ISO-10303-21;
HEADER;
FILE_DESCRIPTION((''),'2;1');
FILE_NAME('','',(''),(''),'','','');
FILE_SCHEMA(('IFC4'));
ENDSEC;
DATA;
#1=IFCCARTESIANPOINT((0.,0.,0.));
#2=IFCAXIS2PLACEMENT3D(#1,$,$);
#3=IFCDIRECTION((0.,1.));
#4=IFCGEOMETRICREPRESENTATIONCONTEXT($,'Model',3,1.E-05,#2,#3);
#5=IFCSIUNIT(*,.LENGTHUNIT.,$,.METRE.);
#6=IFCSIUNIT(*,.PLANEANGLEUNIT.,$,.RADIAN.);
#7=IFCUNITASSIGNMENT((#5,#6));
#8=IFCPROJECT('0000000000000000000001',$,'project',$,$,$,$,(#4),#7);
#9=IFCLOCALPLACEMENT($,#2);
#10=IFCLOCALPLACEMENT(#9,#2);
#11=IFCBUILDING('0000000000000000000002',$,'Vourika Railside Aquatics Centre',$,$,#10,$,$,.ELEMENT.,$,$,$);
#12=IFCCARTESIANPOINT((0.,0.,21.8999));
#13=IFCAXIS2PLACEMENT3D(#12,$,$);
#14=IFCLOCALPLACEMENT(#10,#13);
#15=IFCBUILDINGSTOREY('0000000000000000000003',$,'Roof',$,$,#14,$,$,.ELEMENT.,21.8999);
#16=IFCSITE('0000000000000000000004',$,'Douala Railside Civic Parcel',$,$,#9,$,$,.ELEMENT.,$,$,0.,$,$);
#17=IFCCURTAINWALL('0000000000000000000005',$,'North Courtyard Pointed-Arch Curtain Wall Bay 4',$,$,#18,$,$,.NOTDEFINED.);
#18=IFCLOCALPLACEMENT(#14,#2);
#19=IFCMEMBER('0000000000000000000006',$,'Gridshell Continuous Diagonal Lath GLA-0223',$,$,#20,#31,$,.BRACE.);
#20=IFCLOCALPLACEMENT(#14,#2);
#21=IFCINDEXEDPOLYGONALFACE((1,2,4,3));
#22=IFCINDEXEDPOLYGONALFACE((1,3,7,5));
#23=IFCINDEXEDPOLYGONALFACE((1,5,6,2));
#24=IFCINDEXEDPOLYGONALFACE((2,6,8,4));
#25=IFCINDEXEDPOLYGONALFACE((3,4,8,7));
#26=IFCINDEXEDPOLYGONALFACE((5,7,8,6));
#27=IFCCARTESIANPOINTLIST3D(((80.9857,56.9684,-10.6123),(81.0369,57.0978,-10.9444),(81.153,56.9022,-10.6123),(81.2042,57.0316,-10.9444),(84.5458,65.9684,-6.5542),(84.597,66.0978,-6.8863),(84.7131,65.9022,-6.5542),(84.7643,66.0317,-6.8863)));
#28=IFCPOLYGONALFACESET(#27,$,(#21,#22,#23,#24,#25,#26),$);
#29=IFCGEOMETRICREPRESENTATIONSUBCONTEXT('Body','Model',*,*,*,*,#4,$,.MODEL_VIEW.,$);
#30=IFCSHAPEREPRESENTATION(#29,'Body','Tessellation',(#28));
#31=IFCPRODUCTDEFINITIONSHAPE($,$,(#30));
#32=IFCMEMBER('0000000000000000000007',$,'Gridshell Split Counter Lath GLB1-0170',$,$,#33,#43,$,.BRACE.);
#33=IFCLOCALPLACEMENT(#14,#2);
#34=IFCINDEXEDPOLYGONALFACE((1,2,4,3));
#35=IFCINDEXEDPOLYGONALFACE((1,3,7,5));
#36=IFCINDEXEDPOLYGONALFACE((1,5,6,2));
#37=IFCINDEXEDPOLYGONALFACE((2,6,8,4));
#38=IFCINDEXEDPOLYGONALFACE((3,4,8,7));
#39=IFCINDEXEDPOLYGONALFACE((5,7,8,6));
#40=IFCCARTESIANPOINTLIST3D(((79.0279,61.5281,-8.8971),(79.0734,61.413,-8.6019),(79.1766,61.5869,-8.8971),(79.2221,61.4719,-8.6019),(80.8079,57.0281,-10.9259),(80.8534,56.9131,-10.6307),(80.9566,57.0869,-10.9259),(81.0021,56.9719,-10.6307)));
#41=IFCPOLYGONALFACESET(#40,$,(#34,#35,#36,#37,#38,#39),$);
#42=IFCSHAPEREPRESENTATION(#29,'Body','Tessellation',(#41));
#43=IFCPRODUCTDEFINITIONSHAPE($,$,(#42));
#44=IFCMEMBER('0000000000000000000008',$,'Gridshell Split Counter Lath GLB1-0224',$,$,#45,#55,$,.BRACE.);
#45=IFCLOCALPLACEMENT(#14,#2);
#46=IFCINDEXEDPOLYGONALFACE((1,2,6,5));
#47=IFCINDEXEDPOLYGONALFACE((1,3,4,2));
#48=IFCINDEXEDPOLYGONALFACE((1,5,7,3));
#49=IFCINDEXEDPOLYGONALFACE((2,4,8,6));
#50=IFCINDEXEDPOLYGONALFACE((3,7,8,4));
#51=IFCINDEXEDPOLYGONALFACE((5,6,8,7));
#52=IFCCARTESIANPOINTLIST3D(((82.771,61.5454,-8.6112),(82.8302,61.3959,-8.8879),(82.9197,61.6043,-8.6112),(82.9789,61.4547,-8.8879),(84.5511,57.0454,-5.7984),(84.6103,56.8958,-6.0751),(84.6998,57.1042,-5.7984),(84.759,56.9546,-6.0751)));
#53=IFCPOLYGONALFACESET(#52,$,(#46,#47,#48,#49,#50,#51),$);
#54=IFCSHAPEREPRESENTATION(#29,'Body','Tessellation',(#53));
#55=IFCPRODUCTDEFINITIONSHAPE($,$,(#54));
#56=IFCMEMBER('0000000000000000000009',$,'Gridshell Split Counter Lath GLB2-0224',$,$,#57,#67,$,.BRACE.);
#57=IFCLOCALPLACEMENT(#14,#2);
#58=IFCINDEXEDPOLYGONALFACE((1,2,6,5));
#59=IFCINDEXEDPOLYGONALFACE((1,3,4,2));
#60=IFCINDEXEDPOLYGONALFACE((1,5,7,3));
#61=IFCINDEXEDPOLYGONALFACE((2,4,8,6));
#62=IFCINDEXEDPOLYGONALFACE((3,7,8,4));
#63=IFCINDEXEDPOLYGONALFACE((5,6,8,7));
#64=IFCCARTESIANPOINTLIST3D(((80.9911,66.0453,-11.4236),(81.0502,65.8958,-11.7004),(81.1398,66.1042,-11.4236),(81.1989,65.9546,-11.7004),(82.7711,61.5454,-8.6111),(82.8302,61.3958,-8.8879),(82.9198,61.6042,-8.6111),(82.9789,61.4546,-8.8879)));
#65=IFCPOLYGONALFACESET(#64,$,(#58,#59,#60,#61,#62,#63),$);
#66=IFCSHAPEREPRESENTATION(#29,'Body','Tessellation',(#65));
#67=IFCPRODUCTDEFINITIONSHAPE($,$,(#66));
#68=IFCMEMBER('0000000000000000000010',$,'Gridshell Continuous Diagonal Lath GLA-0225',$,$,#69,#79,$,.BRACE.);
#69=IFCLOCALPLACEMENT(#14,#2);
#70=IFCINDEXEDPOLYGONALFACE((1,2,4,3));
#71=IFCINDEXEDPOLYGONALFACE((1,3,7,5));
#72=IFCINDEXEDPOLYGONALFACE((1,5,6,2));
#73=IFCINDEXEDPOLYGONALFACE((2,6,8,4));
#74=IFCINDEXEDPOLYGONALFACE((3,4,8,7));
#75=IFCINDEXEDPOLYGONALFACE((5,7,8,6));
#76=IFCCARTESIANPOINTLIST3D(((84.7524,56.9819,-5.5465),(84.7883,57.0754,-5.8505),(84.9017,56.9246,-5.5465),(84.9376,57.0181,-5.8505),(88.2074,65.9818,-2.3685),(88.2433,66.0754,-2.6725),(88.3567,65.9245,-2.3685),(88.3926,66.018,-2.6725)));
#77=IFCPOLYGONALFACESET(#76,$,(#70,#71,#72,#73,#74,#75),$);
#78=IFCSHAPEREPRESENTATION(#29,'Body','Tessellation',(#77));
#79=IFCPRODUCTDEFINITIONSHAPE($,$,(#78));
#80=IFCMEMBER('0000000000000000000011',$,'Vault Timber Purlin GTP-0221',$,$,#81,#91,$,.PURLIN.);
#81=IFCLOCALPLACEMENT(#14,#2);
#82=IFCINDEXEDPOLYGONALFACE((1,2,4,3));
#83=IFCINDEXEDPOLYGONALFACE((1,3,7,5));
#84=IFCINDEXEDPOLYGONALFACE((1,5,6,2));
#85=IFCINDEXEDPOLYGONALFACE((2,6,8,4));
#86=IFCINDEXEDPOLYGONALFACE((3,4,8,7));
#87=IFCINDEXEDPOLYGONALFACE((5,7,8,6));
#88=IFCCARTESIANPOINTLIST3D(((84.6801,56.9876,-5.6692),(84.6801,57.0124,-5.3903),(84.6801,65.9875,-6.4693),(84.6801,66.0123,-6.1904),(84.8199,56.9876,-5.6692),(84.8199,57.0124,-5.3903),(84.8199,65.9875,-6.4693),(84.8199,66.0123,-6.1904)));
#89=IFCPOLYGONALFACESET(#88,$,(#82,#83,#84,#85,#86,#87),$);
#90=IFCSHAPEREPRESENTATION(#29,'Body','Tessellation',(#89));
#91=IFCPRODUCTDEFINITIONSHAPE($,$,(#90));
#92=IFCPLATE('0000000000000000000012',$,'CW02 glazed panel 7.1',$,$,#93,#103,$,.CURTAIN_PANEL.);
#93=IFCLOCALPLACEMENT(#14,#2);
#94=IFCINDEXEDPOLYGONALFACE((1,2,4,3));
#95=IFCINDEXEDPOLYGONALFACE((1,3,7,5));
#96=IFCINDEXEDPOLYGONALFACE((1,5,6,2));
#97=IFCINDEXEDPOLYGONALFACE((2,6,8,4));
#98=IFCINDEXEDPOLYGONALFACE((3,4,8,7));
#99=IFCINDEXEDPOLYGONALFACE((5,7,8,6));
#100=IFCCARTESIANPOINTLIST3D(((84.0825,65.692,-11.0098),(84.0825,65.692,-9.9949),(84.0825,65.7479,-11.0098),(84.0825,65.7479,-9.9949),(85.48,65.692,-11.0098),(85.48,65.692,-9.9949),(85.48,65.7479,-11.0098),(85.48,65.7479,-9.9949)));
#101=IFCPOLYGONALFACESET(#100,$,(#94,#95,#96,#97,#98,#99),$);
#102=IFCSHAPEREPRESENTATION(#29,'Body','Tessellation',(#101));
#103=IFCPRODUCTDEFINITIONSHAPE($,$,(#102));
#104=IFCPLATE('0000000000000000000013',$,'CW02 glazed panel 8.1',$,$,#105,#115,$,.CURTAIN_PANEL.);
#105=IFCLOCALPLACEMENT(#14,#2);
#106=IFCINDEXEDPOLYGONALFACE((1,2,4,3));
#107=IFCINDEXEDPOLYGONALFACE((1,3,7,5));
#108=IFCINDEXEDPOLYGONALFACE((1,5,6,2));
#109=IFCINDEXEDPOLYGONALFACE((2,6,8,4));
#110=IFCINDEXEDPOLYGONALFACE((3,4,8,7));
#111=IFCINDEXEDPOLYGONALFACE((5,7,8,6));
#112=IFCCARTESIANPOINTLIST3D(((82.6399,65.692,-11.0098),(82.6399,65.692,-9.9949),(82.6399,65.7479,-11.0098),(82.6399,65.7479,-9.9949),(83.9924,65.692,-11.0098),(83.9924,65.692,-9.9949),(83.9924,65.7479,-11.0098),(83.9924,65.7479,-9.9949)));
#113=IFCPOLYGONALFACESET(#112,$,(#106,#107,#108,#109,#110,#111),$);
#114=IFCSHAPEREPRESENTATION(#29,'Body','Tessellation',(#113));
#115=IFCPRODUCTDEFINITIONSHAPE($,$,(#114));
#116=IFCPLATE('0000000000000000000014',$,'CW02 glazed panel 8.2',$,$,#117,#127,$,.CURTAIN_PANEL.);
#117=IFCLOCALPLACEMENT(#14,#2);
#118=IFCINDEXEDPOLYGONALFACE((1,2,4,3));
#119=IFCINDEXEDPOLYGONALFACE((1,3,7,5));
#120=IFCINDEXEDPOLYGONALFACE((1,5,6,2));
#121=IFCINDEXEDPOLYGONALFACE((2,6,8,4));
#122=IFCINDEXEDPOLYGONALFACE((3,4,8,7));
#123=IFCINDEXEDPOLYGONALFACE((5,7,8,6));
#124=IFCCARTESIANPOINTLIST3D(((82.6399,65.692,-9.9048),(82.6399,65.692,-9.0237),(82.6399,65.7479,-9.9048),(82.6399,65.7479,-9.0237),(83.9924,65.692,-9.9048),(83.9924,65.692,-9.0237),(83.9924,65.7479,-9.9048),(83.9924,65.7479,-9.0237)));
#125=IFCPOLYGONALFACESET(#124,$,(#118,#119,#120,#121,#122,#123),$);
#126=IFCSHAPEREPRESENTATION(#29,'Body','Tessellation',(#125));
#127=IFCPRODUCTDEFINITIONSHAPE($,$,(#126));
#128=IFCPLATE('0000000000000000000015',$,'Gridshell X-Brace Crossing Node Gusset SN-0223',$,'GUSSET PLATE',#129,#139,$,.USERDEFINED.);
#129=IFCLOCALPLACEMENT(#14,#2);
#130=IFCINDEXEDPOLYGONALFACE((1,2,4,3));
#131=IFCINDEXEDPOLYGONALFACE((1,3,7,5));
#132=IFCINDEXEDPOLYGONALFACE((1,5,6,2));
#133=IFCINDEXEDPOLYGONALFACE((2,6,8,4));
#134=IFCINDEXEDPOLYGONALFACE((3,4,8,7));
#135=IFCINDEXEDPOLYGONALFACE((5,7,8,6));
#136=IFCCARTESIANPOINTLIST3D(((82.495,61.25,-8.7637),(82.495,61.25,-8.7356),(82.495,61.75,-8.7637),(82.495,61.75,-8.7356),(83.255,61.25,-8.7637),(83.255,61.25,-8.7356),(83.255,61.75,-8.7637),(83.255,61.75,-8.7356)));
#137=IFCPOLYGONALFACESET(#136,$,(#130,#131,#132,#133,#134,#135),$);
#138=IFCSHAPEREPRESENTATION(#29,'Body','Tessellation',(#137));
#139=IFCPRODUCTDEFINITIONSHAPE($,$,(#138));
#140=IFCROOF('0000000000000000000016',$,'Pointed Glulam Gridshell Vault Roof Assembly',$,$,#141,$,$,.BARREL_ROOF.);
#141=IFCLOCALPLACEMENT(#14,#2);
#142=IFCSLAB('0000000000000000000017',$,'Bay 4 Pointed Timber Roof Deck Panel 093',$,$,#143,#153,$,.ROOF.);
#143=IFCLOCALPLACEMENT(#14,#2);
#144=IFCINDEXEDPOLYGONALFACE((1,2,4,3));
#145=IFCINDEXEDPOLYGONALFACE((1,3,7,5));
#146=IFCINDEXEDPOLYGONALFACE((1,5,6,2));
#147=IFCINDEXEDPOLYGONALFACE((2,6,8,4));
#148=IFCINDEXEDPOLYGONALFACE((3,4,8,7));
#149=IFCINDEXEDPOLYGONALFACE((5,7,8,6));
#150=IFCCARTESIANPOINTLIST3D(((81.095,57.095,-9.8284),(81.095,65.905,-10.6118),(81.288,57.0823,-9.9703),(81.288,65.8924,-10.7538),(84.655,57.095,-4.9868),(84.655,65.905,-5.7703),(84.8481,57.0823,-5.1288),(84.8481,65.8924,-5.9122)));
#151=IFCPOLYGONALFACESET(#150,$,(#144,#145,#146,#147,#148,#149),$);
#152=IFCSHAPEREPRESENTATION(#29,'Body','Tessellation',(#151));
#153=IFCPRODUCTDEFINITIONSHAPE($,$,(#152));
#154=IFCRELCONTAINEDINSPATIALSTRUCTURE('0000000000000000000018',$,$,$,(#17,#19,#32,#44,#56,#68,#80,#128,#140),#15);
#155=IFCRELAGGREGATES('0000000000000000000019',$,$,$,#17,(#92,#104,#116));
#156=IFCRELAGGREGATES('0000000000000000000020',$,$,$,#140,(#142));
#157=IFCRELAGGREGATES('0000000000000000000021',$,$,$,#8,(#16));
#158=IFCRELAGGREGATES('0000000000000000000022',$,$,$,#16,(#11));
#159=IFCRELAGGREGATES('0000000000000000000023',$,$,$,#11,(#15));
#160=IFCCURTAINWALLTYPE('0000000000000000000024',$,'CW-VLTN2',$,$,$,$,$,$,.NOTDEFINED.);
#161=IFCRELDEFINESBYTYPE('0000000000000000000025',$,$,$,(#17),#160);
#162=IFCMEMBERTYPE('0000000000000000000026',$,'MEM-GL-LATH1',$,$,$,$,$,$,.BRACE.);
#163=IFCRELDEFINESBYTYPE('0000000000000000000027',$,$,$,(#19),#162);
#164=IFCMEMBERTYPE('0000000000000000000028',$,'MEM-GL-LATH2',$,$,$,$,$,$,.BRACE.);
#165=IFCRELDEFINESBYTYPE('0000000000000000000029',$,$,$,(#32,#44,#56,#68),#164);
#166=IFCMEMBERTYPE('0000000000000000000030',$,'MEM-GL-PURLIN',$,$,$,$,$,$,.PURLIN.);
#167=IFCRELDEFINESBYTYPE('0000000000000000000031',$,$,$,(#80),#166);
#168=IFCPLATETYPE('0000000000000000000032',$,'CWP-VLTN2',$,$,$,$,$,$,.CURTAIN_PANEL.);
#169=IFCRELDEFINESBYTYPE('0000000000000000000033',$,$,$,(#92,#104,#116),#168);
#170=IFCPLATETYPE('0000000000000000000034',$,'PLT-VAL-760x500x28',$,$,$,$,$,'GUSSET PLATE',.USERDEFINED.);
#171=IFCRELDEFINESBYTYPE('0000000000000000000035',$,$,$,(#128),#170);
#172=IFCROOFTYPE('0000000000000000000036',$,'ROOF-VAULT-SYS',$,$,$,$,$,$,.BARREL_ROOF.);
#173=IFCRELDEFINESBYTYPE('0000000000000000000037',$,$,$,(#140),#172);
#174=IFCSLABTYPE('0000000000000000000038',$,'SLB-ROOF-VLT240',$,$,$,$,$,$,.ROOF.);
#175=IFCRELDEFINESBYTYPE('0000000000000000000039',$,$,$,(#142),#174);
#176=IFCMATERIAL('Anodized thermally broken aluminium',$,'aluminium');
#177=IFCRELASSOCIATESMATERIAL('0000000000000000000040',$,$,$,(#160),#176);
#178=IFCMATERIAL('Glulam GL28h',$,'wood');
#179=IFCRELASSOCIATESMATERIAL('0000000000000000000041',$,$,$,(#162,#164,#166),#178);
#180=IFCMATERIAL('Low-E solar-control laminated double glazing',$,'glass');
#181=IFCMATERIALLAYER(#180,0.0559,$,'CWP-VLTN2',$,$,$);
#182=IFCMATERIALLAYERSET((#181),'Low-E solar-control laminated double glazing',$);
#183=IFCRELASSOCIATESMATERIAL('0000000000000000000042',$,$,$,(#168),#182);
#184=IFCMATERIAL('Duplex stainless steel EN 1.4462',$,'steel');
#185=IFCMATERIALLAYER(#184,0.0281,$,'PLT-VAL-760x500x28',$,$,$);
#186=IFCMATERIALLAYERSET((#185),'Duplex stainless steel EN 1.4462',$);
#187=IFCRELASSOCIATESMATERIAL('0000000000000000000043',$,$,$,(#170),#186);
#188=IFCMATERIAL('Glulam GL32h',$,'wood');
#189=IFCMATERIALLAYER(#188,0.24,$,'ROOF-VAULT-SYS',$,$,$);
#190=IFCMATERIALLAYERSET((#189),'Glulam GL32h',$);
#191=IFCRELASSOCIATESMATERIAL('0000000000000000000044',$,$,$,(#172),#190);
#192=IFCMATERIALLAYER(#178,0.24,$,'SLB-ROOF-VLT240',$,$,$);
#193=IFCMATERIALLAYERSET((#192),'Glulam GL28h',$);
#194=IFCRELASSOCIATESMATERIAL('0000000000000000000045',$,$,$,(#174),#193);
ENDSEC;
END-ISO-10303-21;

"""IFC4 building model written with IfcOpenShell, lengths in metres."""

from ifc_helpers import new_model, si_unit, direction, frame, origin, origin_2d, place, context, subcontext, project, spatial, polyline, rectangle, outline, extrude, material, layer, layer_set, material_profile, profile_set, type_object, element, aggregate, save


model = new_model("IFC4")

# Units and contexts
model_context = context("Model", 3, precision=1e-05, world=origin(), true_north=direction((0.0, 1.0)))
body_context = subcontext(model_context, "Body", "Model", "MODEL_VIEW")
ifc_project = project(units=[si_unit("LENGTHUNIT", "METRE"), si_unit("PLANEANGLEUNIT", "RADIAN")], contexts=[model_context])

# Site, building, storey
site_placement = place(None, origin())
site = spatial("IfcSite", under=ifc_project, at=site_placement, Name="Douala Railside Civic Parcel", CompositionType="ELEMENT", RefElevation=0.0)
building_placement = place(site_placement, origin())
building = spatial("IfcBuilding", under=site, at=building_placement, Name="Vourika Railside Aquatics Centre", CompositionType="ELEMENT")
storey_placement = place(building_placement, frame((0.0, 0.0, 21.8999)))
storey = spatial("IfcBuildingStorey", under=building, at=storey_placement, Name="Roof", CompositionType="ELEMENT", Elevation=21.8999)

# Shared definitions
ifc_material_1 = material(Name="Glulam GL32h", Category="wood")

# Shared definitions
ifc_material_2 = material(Name="Anodized thermally broken aluminium", Category="aluminium")
curtain_wall_type = type_object("IfcCurtainWallType", Name="CW-VLTN2", PredefinedType="NOTDEFINED", material=ifc_material_2)

# Curtain wall
curtain_wall_1_placement = place(storey_placement, origin())
curtain_wall_1 = element("IfcCurtainWall", 1, at=curtain_wall_1_placement, inside=storey, type_object=curtain_wall_type, Name="North Courtyard Pointed-Arch Curtain Wall Bay 4", PredefinedType="NOTDEFINED")

# Members
ifc_material_3 = material(Name="Glulam GL28h", Category="wood")
ifc_material_profile_1 = material_profile(ifc_material_3, rectangle(XDim=0.1799, YDim=0.3601, at=origin_2d()), Name="GL28h 180x360")
ifc_profile_set_1 = profile_set([ifc_material_profile_1], Name="Glulam GL28h")
member_type_1 = type_object("IfcMemberType", Name="MEM-GL-LATH1", PredefinedType="BRACE", material=ifc_profile_set_1)
member_1_placement = place(storey_placement, frame((81.095, 57.0, -10.7783), z_axis=(0.339219, 0.857562, 0.386675), x_axis=(-0.929893, 0.36783, 0.0)))
element("IfcMember", 2, at=member_1_placement, inside=storey, type_object=member_type_1, Name="Gridshell Continuous Diagonal Lath GLA-0223", PredefinedType="BRACE", context=body_context, shape_type="SweptSolid", body=[
    extrude(rectangle(XDim=0.1799, YDim=0.3601, at=origin_2d()), origin(), (0.0, 0.0, 1.0), 10.4949),
])
ifc_material_profile_2 = material_profile(ifc_material_3, rectangle(XDim=0.1599, YDim=0.3201, at=origin_2d()), Name="GL28h 160x320")
ifc_profile_set_2 = profile_set([ifc_material_profile_2], Name="Glulam GL28h")
member_type_2 = type_object("IfcMemberType", Name="MEM-GL-LATH2", PredefinedType="BRACE", material=ifc_profile_set_2)
member_2_placement = place(storey_placement, frame((80.905, 57.0, -10.7783), z_axis=(-0.339225, 0.857577, 0.386636), x_axis=(-0.929893, -0.36783, 0.0)))
element("IfcMember", 3, at=member_2_placement, inside=storey, type_object=member_type_2, Name="Gridshell Split Counter Lath GLB1-0170", PredefinedType="BRACE", context=body_context, shape_type="SweptSolid", body=[
    extrude(rectangle(XDim=0.1599, YDim=0.3201, at=origin_2d()), origin(), (0.0, 0.0, 1.0), 5.2473),
])
member_3_placement = place(storey_placement, frame((84.655, 57.0, -5.9368), z_axis=(-0.318014, 0.803956, -0.502516), x_axis=(-0.929893, -0.36783, 0.0)))
element("IfcMember", 4, at=member_3_placement, inside=storey, type_object=member_type_2, Name="Gridshell Split Counter Lath GLB1-0224", PredefinedType="BRACE", context=body_context, shape_type="SweptSolid", body=[
    extrude(rectangle(XDim=0.1599, YDim=0.3201, at=origin_2d()), origin(), (0.0, 0.0, 1.0), 5.5974),
])
member_4_placement = place(storey_placement, frame((82.875, 61.5, -8.7495), z_axis=(-0.318021, 0.803973, -0.502483), x_axis=(-0.929893, -0.36783, 0.0)))
element("IfcMember", 5, at=member_4_placement, inside=storey, type_object=member_type_2, Name="Gridshell Split Counter Lath GLB2-0224", PredefinedType="BRACE", context=body_context, shape_type="SweptSolid", body=[
    extrude(rectangle(XDim=0.1599, YDim=0.3201, at=origin_2d()), origin(), (0.0, 0.0, 1.0), 5.5972),
])
member_5_placement = place(storey_placement, frame((84.845, 57.0, -5.6985), z_axis=(0.340378, 0.886637, 0.313079), x_axis=(-0.93357, 0.358395, 0.0)))
element("IfcMember", 6, at=member_5_placement, inside=storey, type_object=member_type_2, Name="Gridshell Continuous Diagonal Lath GLA-0225", PredefinedType="BRACE", context=body_context, shape_type="SweptSolid", body=[
    extrude(rectangle(XDim=0.1599, YDim=0.3201, at=origin_2d()), origin(), (0.0, 0.0, 1.0), 10.1506),
])
ifc_material_profile_3 = material_profile(ifc_material_3, rectangle(XDim=0.1399, YDim=0.28, at=origin_2d()), Name="GL28h 140x280")
ifc_profile_set_3 = profile_set([ifc_material_profile_3], Name="Glulam GL28h")
member_type_3 = type_object("IfcMemberType", Name="MEM-GL-PURLIN", PredefinedType="PURLIN", material=ifc_profile_set_3)
member_6_placement = place(storey_placement, frame((84.75, 57.0, -5.5298), z_axis=(0.0, 0.996072, -0.088545), x_axis=(-1.0, 0.0, 0.0)))
element("IfcMember", 7, at=member_6_placement, inside=storey, type_object=member_type_3, Name="Vault Timber Purlin GTP-0221", PredefinedType="PURLIN", context=body_context, shape_type="SweptSolid", body=[
    extrude(rectangle(XDim=0.1399, YDim=0.28, at=origin_2d()), origin(), (0.0, 0.0, 1.0), 9.0354),
])

# Plates
ifc_material_4 = material(Name="Low-E solar-control laminated double glazing", Category="glass")
ifc_layer_1 = layer(ifc_material_4, 0.0559, Name="CWP-VLTN2")
ifc_layer_set_1 = layer_set([ifc_layer_1], Name="Low-E solar-control laminated double glazing")
plate_type_1 = type_object("IfcPlateType", Name="CWP-VLTN2", PredefinedType="CURTAIN_PANEL", material=ifc_layer_set_1)
plate_1_placement = place(storey_placement, frame((84.7812, 65.72, -11.0098), z_axis=(0.0, 0.0, 1.0), x_axis=(-1.0, 0.0, 0.0)))
plate_1 = element("IfcPlate", 8, at=plate_1_placement, type_object=plate_type_1, Name="CW02 glazed panel 7.1", PredefinedType="CURTAIN_PANEL", context=body_context, shape_type="SweptSolid", body=[
    extrude(rectangle(XDim=1.3975, YDim=0.0559, at=origin_2d()), origin(), (0.0, 0.0, 1.0), 1.0149),
])
plate_2_placement = place(storey_placement, frame((83.3162, 65.72, -11.0098), z_axis=(0.0, 0.0, 1.0), x_axis=(-1.0, 0.0, 0.0)))
plate_2 = element("IfcPlate", 9, at=plate_2_placement, type_object=plate_type_1, Name="CW02 glazed panel 8.1", PredefinedType="CURTAIN_PANEL", context=body_context, shape_type="SweptSolid", body=[
    extrude(rectangle(XDim=1.3525, YDim=0.0559, at=origin_2d()), origin(), (0.0, 0.0, 1.0), 1.0149),
])
plate_3_placement = place(storey_placement, frame((83.3162, 65.72, -9.9048), z_axis=(0.0, 0.0, 1.0), x_axis=(-1.0, 0.0, 0.0)))
plate_3 = element("IfcPlate", 10, at=plate_3_placement, type_object=plate_type_1, Name="CW02 glazed panel 8.2", PredefinedType="CURTAIN_PANEL", context=body_context, shape_type="SweptSolid", body=[
    extrude(rectangle(XDim=1.3525, YDim=0.0559, at=origin_2d()), origin(), (0.0, 0.0, 1.0), 0.8811),
])
aggregate(curtain_wall_1, [plate_1, plate_2, plate_3])
ifc_material_5 = material(Name="Duplex stainless steel EN 1.4462", Category="steel")
ifc_layer_2 = layer(ifc_material_5, 0.0281, Name="PLT-VAL-760x500x28")
ifc_layer_set_2 = layer_set([ifc_layer_2], Name="Duplex stainless steel EN 1.4462")
plate_type_2 = type_object("IfcPlateType", Name="PLT-VAL-760x500x28", ElementType="GUSSET PLATE", PredefinedType="USERDEFINED", material=ifc_layer_set_2)
plate_4_placement = place(storey_placement, frame((82.875, 61.5, -8.7637), z_axis=(0.0, 0.0, 1.0), x_axis=(1.0, 0.0, 0.0)))
element("IfcPlate", 11, at=plate_4_placement, inside=storey, type_object=plate_type_2, Name="Gridshell X-Brace Crossing Node Gusset SN-0223", ObjectType="GUSSET PLATE", PredefinedType="USERDEFINED", context=body_context, shape_type="SweptSolid", body=[
    extrude(rectangle(XDim=0.76, YDim=0.5, at=origin_2d()), origin(), (0.0, 0.0, 1.0), 0.0281),
])

# Roof, slab
ifc_layer_3 = layer(ifc_material_1, 0.24, Name="ROOF-VAULT-SYS")
ifc_layer_set_3 = layer_set([ifc_layer_3], Name="Glulam GL32h")
roof_type = type_object("IfcRoofType", Name="ROOF-VAULT-SYS", PredefinedType="BARREL_ROOF", material=ifc_layer_set_3)
roof_placement = place(storey_placement, origin())
roof = element("IfcRoof", 12, at=roof_placement, inside=storey, type_object=roof_type, Name="Pointed Glulam Gridshell Vault Roof Assembly", PredefinedType="BARREL_ROOF")
ifc_layer_4 = layer(ifc_material_3, 0.24, Name="SLB-ROOF-VLT240")
ifc_layer_set_4 = layer_set([ifc_layer_4], Name="Glulam GL28h")
slab_type = type_object("IfcSlabType", Name="SLB-ROOF-VLT240", PredefinedType="ROOF", material=ifc_layer_set_4)
slab_placement = place(storey_placement, frame((81.095, 57.095, -9.8284), z_axis=(-0.804528, 0.052607, 0.59158), x_axis=(0.592401, 0.0, 0.805644)))
slab = element("IfcSlab", 13, at=slab_placement, type_object=slab_type, Name="Bay 4 Pointed Timber Roof Deck Panel 093", PredefinedType="ROOF", context=body_context, shape_type="SweptSolid", body=[
    extrude(outline(polyline([(0.0, 0.0), (6.0095, 0.0), (5.3784, 8.8223), (-0.6312, 8.8223), (0.0, 0.0)])), origin(), (0.0, 0.0, -1.0), 0.24),
])
aggregate(roof, [slab])

save(model, "model.ifc")
